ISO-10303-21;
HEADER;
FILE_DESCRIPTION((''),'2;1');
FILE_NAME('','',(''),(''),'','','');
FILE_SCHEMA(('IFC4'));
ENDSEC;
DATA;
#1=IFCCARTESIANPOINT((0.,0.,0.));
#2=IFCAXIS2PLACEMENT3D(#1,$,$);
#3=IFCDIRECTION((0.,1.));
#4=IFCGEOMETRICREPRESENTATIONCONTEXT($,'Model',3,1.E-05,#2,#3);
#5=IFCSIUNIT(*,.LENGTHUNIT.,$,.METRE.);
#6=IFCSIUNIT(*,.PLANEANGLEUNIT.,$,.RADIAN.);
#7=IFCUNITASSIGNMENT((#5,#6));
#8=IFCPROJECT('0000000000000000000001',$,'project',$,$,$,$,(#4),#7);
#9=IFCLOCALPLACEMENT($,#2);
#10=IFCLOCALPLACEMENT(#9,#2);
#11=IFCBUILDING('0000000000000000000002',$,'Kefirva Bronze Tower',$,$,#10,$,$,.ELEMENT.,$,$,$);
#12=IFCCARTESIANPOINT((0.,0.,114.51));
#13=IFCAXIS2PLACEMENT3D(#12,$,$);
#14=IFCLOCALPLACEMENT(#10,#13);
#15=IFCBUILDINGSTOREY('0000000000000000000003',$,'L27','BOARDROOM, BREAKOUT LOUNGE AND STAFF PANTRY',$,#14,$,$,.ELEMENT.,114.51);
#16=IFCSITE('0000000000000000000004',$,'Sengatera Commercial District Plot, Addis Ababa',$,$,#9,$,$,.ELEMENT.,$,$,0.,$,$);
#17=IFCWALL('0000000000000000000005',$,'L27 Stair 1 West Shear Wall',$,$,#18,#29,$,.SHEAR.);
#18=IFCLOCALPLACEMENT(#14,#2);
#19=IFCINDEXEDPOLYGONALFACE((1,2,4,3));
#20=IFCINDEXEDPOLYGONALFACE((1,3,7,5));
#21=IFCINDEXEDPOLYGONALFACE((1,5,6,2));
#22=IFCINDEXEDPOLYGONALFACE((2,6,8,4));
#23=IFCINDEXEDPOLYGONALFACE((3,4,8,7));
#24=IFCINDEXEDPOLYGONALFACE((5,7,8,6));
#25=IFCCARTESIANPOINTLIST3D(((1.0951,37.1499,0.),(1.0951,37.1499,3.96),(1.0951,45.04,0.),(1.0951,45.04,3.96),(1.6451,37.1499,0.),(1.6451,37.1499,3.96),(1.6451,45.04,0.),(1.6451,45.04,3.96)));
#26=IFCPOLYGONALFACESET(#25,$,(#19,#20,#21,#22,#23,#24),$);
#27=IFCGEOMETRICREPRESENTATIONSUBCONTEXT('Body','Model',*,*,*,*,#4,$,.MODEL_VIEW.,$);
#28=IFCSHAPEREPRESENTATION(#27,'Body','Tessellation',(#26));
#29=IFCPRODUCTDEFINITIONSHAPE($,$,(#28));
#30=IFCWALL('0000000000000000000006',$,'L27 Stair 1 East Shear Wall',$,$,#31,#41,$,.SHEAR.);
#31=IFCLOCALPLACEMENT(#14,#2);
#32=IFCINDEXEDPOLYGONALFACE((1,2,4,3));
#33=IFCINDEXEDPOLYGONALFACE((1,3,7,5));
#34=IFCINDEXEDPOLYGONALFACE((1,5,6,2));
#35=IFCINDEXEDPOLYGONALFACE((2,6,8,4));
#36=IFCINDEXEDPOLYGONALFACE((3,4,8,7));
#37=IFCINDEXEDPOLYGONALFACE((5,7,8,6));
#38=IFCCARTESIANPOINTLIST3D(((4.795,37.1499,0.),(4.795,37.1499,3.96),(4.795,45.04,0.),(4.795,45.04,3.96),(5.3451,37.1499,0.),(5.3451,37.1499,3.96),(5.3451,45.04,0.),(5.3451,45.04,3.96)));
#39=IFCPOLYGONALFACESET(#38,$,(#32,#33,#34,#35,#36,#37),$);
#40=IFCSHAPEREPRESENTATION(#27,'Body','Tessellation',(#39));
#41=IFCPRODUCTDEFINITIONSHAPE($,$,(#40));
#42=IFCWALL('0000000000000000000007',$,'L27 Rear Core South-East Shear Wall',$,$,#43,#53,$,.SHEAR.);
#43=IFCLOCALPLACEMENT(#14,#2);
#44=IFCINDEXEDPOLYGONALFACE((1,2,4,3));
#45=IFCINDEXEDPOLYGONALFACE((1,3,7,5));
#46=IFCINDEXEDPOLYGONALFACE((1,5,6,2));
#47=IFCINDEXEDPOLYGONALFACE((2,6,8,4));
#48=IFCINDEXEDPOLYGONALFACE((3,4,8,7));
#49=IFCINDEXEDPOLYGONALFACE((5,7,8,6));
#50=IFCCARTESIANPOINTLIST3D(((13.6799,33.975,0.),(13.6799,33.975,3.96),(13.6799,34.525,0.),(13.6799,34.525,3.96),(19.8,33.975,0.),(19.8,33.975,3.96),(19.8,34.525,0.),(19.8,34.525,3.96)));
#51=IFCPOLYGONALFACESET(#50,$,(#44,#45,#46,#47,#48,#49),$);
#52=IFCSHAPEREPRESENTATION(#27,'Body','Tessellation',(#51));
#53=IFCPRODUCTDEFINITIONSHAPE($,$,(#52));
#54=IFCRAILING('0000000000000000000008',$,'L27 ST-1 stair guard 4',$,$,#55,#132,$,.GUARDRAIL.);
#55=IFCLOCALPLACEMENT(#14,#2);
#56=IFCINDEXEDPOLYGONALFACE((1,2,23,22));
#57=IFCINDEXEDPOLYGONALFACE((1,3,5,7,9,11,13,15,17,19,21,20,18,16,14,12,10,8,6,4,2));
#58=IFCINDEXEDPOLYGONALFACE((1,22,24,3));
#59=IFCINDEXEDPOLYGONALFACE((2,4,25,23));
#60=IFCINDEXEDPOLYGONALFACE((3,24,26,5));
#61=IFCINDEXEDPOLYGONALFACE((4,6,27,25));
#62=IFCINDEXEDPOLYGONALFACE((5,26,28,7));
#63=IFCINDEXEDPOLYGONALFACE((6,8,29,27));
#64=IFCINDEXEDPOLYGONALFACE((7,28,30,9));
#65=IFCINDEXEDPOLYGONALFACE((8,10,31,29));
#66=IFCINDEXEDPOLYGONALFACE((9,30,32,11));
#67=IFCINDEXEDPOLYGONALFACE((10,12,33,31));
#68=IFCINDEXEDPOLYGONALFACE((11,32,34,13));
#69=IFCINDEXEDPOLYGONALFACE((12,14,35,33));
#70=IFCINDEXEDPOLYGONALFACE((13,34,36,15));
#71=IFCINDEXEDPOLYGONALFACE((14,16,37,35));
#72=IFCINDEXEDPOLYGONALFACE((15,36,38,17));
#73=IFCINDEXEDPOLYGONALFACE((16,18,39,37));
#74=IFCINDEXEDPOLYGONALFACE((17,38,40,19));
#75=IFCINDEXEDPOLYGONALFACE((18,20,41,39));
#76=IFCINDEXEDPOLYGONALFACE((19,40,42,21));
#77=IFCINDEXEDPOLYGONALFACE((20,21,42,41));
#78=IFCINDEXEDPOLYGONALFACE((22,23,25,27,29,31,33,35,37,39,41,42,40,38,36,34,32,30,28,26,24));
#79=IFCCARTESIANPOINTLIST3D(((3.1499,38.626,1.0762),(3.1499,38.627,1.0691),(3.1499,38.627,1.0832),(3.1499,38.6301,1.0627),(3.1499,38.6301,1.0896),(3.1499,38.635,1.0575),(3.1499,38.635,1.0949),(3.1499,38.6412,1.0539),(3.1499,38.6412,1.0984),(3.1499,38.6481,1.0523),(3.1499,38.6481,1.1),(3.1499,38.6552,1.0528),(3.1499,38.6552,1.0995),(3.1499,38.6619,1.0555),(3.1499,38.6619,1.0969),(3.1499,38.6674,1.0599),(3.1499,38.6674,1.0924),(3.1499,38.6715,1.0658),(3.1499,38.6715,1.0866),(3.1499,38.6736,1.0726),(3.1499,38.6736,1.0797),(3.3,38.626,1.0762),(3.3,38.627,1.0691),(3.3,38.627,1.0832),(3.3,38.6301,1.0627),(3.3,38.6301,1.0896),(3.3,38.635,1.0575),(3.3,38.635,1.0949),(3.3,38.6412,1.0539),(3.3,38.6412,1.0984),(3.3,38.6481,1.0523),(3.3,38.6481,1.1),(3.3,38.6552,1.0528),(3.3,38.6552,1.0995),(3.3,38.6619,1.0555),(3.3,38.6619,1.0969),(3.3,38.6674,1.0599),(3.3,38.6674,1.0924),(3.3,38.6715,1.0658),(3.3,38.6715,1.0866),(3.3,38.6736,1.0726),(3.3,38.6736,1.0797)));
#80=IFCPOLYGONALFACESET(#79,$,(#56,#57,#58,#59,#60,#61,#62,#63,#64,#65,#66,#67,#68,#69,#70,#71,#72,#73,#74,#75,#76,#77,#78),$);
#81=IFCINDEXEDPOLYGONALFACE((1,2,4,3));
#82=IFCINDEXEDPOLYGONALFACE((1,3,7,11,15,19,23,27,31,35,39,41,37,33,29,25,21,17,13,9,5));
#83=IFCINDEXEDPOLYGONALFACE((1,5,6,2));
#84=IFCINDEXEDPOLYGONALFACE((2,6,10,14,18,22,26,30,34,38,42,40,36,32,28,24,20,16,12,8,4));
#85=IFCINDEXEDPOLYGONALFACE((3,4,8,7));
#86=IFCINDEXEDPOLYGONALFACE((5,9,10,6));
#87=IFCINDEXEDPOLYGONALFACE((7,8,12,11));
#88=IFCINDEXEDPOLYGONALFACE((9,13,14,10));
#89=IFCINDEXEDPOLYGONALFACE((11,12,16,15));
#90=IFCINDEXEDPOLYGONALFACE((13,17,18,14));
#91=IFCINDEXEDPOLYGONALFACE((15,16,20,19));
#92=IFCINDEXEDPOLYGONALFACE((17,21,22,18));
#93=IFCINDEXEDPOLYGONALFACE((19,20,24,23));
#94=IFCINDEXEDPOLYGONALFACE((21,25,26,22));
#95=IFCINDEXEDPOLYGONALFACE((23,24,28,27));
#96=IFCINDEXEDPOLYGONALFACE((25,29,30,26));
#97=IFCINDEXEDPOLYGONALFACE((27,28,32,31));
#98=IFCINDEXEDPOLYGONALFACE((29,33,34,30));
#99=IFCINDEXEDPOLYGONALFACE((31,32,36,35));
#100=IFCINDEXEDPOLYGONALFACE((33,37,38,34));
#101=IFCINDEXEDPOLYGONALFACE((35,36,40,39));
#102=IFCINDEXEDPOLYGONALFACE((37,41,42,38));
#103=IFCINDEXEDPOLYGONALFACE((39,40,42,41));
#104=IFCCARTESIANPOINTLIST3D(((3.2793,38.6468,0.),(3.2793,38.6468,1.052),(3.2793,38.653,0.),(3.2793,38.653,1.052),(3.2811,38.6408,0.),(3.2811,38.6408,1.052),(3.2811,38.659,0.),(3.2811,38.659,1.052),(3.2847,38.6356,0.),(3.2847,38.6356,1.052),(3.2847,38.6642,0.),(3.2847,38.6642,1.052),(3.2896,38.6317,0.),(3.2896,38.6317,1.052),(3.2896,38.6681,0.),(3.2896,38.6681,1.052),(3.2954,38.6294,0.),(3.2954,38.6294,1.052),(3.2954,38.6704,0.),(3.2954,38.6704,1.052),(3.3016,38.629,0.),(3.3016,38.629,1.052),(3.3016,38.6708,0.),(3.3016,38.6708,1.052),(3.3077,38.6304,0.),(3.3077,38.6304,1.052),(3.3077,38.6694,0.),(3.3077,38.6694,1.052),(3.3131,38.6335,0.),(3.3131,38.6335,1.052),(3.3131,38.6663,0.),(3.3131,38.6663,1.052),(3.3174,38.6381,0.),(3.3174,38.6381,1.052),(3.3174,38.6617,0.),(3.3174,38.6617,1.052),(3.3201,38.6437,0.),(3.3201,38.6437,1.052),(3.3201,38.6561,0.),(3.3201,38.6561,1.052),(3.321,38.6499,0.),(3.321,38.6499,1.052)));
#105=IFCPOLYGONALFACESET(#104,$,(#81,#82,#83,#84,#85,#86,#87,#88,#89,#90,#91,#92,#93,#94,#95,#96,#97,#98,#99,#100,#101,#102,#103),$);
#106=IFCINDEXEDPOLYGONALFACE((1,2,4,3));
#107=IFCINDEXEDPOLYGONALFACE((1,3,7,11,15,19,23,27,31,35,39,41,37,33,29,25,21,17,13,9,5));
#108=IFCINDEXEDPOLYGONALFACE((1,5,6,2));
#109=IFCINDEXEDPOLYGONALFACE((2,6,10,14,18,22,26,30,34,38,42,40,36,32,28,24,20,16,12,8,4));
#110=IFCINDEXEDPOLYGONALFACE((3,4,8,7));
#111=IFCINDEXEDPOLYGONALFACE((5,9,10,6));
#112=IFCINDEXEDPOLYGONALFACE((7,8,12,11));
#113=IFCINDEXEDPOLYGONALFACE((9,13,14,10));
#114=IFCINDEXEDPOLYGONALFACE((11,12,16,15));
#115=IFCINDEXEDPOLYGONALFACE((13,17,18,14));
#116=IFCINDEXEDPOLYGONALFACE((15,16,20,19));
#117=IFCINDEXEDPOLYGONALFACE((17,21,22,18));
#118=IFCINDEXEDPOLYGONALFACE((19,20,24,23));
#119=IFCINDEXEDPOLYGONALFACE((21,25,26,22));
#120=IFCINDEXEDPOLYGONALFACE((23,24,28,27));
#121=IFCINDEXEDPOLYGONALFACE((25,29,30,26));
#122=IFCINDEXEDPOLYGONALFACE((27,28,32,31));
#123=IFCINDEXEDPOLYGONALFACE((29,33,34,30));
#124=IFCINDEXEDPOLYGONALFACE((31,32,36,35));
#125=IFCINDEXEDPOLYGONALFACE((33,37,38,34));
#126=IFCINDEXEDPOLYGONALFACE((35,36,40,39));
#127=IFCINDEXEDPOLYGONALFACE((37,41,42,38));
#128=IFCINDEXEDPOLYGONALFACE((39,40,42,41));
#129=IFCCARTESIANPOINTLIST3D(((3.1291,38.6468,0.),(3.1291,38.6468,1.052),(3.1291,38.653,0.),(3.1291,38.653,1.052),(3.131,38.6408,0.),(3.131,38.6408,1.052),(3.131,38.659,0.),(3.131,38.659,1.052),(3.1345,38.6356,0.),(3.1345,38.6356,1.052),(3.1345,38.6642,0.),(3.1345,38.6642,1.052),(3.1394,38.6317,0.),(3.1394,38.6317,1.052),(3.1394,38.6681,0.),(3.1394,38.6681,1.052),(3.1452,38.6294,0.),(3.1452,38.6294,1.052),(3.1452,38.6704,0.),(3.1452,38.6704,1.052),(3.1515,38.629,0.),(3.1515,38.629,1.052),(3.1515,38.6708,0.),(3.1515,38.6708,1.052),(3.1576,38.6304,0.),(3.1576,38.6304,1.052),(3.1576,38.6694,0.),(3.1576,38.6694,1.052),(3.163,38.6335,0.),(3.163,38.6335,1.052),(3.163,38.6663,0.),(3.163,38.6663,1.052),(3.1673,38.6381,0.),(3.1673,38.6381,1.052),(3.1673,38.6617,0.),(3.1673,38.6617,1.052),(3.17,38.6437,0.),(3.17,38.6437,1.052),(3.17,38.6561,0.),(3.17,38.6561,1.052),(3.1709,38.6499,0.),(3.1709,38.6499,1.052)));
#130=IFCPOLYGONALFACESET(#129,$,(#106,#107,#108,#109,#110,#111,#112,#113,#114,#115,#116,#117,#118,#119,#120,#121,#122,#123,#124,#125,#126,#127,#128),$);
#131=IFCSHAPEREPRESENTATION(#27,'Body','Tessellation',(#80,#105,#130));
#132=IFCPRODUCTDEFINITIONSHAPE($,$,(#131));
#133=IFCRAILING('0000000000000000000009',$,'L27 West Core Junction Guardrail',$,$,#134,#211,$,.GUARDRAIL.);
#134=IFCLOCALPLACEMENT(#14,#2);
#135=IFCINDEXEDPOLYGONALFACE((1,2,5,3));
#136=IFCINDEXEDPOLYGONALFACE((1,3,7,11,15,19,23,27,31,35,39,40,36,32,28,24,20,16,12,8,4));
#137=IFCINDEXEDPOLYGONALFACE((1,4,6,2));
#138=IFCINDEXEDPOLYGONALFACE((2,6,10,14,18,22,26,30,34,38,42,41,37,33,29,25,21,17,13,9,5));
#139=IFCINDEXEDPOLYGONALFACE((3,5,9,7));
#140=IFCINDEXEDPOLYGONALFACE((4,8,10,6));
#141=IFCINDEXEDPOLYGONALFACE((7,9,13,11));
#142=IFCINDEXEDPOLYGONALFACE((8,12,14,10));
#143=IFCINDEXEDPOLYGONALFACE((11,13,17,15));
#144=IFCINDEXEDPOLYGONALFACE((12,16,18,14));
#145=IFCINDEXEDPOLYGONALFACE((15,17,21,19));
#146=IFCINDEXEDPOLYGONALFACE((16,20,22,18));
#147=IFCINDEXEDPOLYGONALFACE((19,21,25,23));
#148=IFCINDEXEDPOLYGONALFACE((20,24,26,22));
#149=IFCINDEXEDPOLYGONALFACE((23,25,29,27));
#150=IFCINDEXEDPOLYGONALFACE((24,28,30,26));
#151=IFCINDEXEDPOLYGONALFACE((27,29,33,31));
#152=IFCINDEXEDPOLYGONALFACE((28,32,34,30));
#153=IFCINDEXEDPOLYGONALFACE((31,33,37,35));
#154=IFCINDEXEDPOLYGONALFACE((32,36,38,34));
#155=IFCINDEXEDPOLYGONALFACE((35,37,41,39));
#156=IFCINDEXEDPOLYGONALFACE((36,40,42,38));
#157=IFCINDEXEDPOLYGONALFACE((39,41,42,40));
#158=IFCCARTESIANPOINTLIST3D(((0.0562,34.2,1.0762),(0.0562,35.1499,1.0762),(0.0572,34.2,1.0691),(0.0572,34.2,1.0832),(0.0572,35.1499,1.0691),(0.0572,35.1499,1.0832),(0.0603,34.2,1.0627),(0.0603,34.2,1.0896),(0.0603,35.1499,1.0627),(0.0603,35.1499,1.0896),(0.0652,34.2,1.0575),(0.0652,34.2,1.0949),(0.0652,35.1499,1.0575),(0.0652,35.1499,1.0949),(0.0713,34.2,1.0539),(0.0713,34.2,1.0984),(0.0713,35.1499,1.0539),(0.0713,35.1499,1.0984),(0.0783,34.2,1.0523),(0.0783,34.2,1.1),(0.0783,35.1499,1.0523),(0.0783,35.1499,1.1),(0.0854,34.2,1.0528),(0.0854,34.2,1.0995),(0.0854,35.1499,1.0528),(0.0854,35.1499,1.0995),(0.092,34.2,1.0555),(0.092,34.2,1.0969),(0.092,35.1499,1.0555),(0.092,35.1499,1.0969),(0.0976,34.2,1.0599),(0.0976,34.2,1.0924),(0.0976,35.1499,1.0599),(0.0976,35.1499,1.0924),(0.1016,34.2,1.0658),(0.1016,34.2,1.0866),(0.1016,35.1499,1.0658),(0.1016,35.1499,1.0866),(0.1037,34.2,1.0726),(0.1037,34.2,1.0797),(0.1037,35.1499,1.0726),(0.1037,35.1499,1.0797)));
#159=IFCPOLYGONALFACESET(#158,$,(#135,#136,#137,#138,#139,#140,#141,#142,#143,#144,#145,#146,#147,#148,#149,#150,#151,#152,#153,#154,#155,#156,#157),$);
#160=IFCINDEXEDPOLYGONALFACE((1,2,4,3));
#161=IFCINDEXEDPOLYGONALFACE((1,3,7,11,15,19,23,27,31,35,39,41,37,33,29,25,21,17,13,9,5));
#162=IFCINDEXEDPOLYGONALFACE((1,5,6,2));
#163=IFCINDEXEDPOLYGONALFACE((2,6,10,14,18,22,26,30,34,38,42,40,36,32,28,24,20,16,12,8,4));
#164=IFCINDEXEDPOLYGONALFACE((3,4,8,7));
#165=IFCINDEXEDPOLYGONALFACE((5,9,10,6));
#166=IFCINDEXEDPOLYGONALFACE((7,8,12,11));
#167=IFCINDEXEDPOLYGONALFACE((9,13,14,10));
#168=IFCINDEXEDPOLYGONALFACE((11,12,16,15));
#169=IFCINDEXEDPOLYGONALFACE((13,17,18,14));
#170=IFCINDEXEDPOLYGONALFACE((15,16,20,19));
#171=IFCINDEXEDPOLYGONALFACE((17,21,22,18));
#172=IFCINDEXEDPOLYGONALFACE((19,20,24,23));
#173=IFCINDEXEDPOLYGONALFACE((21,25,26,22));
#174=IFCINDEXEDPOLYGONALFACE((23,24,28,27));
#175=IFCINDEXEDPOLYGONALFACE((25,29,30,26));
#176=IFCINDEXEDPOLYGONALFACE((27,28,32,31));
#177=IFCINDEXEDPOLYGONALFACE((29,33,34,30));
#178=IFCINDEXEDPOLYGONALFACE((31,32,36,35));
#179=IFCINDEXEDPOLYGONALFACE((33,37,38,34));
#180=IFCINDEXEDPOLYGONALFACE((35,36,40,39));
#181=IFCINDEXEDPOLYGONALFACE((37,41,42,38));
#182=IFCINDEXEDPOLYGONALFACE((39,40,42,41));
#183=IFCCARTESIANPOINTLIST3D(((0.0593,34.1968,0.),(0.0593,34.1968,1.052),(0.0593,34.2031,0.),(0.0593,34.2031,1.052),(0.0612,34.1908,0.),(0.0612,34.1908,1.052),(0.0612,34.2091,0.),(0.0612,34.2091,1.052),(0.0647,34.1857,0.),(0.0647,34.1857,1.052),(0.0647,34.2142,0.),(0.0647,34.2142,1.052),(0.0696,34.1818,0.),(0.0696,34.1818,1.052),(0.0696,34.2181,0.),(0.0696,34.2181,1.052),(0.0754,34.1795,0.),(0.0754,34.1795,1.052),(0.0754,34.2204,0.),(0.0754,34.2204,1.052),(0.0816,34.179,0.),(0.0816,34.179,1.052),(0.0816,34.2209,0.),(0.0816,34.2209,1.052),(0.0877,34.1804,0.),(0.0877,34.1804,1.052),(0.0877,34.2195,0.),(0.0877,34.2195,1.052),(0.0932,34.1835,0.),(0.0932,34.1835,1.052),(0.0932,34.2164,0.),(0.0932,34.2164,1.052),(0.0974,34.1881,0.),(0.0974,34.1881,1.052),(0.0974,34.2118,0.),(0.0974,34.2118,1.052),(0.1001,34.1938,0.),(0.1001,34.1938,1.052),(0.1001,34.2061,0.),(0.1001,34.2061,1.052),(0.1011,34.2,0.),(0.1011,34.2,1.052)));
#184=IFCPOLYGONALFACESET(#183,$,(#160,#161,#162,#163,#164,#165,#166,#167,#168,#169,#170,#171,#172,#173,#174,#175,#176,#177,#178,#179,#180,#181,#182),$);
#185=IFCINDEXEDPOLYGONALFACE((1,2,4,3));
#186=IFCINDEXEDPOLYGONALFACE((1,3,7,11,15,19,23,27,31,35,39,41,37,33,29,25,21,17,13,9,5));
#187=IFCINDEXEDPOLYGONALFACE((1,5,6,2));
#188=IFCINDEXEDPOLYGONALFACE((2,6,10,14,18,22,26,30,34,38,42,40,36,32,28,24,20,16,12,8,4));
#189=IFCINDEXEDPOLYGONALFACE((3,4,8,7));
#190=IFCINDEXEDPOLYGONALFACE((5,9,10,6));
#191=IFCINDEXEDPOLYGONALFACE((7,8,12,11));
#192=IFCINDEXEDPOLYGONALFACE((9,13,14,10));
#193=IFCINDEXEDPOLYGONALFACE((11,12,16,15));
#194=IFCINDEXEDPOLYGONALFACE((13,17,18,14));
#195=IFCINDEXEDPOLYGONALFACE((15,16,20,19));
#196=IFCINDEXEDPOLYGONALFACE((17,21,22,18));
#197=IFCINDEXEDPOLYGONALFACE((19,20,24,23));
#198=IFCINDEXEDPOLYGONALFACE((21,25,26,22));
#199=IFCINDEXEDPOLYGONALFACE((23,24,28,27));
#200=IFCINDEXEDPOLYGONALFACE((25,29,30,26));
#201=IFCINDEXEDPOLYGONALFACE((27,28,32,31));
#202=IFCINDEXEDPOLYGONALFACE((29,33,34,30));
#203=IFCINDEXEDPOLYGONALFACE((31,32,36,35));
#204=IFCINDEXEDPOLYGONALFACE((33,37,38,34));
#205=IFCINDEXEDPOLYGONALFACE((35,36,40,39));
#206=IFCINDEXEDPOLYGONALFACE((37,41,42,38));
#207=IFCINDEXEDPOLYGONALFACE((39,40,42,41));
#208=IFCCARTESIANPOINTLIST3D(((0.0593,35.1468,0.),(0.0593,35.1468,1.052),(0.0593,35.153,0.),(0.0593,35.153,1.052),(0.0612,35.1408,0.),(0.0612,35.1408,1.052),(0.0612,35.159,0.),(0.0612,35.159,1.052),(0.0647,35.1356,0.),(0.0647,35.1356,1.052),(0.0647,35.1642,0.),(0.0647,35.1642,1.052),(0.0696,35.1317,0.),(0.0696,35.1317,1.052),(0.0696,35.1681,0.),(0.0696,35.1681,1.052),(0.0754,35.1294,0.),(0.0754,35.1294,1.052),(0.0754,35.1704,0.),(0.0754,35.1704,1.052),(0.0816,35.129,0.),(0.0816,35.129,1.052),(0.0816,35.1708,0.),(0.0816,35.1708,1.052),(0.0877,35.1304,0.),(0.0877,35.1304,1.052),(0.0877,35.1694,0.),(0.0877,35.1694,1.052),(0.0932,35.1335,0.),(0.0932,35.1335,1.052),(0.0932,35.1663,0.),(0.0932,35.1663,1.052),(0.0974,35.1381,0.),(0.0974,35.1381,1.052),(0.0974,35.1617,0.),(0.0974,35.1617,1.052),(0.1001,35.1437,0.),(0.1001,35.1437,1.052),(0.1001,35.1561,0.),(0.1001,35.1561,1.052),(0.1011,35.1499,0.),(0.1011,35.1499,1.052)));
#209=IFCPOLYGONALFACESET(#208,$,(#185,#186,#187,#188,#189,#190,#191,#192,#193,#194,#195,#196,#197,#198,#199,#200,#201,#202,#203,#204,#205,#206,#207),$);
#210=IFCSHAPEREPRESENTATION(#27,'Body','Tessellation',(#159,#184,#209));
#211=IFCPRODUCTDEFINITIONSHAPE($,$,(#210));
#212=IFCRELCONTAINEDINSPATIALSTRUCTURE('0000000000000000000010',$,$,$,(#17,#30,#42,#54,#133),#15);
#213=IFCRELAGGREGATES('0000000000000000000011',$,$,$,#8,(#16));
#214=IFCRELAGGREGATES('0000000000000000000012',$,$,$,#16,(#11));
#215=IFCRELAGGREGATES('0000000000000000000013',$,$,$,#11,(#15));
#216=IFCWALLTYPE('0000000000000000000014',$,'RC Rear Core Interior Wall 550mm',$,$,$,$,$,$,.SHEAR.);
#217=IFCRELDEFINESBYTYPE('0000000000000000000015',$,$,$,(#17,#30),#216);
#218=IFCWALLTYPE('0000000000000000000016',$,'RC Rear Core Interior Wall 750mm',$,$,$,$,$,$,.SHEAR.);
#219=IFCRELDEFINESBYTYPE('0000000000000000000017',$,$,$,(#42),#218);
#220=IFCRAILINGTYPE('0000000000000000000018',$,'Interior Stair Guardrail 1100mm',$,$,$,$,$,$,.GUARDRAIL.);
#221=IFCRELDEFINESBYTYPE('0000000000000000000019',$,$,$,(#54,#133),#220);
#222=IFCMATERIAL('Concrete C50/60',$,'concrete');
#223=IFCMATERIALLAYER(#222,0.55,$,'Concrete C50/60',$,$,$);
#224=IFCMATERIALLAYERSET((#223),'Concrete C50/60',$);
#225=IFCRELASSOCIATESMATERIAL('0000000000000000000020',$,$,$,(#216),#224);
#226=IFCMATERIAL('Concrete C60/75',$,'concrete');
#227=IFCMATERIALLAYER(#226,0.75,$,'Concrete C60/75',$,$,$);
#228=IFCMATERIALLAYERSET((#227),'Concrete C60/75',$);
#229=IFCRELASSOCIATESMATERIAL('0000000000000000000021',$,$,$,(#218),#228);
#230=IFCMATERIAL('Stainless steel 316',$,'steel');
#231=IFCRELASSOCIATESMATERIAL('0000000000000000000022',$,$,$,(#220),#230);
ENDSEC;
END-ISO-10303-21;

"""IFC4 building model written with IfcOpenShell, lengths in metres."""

from ifc_helpers import new_model, si_unit, direction, frame, frame_2d, origin, origin_2d, place, context, subcontext, project, spatial, rectangle, circle, extrude, material, layer, layer_set, type_object, element, save


model = new_model("IFC4")

# Units and contexts
model_context = context("Model", 3, precision=1e-05, world=origin(), true_north=direction((0.0, 1.0)))
body_context = subcontext(model_context, "Body", "Model", "MODEL_VIEW")
ifc_project = project(units=[si_unit("LENGTHUNIT", "METRE"), si_unit("PLANEANGLEUNIT", "RADIAN")], contexts=[model_context])

# Site, building, storey
site_placement = place(None, origin())
site = spatial("IfcSite", under=ifc_project, at=site_placement, Name="Sengatera Commercial District Plot, Addis Ababa", CompositionType="ELEMENT", RefElevation=0.0)
building_placement = place(site_placement, origin())
building = spatial("IfcBuilding", under=site, at=building_placement, Name="Kefirva Bronze Tower", CompositionType="ELEMENT")
storey_placement = place(building_placement, frame((0.0, 0.0, 114.51)))
storey = spatial("IfcBuildingStorey", under=building, at=storey_placement, Name="L27", Description="BOARDROOM, BREAKOUT LOUNGE AND STAFF PANTRY", CompositionType="ELEMENT", Elevation=114.51)

# Shared definitions
ifc_material_1 = material(Name="Concrete C60/75", Category="concrete")

# Shared definitions
ifc_material_2 = material(Name="Concrete C50/60", Category="concrete")

# Shared definitions
ifc_material_3 = material(Name="Stainless steel 316", Category="steel")

# Walls
ifc_layer_1 = layer(ifc_material_2, 0.55, Name="Concrete C50/60")
ifc_layer_set_1 = layer_set([ifc_layer_1], Name="Concrete C50/60")
wall_type_1 = type_object("IfcWallType", Name="RC Rear Core Interior Wall 550mm", PredefinedType="SHEAR", material=ifc_layer_set_1)
for number, where, z_axis, x_axis, name in (
    (1, (1.3701, 37.1499, 0.0), (0.0, 0.0, 1.0), (0.0, 1.0, 0.0), "L27 Stair 1 West Shear Wall"),
    (2, (5.0701, 37.1499, 0.0), (0.0, 0.0, 1.0), (0.0, 1.0, 0.0), "L27 Stair 1 East Shear Wall"),
):
    element("IfcWall", number, at=place(storey_placement, frame(where, z_axis=z_axis, x_axis=x_axis)), inside=storey, type_object=wall_type_1, Name=name, PredefinedType="SHEAR", context=body_context, shape_type="SweptSolid", body=[
        extrude(rectangle(XDim=7.8901, YDim=0.55, at=frame_2d((3.9451, 0.0))), origin(), (0.0, 0.0, 1.0), 3.96),
    ])

# Shared definitions
ifc_layer_2 = layer(ifc_material_1, 0.75, Name="Concrete C60/75")
ifc_layer_set_2 = layer_set([ifc_layer_2], Name="Concrete C60/75")
wall_type_2 = type_object("IfcWallType", Name="RC Rear Core Interior Wall 750mm", PredefinedType="SHEAR", material=ifc_layer_set_2)

# Wall
wall_1_placement = place(storey_placement, frame((13.6799, 34.25, 0.0), z_axis=(0.0, 0.0, 1.0), x_axis=(1.0, 0.0, 0.0)))
element("IfcWall", 3, at=wall_1_placement, inside=storey, type_object=wall_type_2, Name="L27 Rear Core South-East Shear Wall", PredefinedType="SHEAR", context=body_context, shape_type="SweptSolid", body=[
    extrude(rectangle(XDim=6.1201, YDim=0.55, at=frame_2d((3.0601, 0.0))), origin(), (0.0, 0.0, 1.0), 3.96),
])

# Railings
railing_type = type_object("IfcRailingType", Name="Interior Stair Guardrail 1100mm", PredefinedType="GUARDRAIL", material=ifc_material_3)
railing_1_placement = place(storey_placement, frame((3.3, 38.6499, 0.0)))
element("IfcRailing", 4, at=railing_1_placement, inside=storey, type_object=railing_type, Name="L27 ST-1 stair guard 4", PredefinedType="GUARDRAIL", context=body_context, shape_type="SweptSolid", body=[
    extrude(circle(Radius=0.0239, at=origin_2d()), frame((0.0, 0.0, 1.0762), z_axis=(-1.0, 0.0, 0.0), x_axis=(0.0, -1.0, 0.0)), (0.0, 0.0, 1.0), 0.1501),
    extrude(circle(Radius=0.021, at=origin_2d()), origin(), (0.0, 0.0, 1.0), 1.052),
    extrude(circle(Radius=0.021, at=origin_2d()), frame((-0.1501, 0.0, 0.0)), (0.0, 0.0, 1.0), 1.052),
])
railing_2_placement = place(storey_placement, frame((0.0801, 34.2, 0.0)))
element("IfcRailing", 5, at=railing_2_placement, inside=storey, type_object=railing_type, Name="L27 West Core Junction Guardrail", PredefinedType="GUARDRAIL", context=body_context, shape_type="SweptSolid", body=[
    extrude(circle(Radius=0.0239, at=origin_2d()), frame((0.0, 0.0, 1.0762), z_axis=(0.0, 1.0, 0.0), x_axis=(-1.0, 0.0, 0.0)), (0.0, 0.0, 1.0), 0.95),
    extrude(circle(Radius=0.021, at=origin_2d()), origin(), (0.0, 0.0, 1.0), 1.052),
    extrude(circle(Radius=0.021, at=origin_2d()), frame((0.0, 0.95, 0.0)), (0.0, 0.0, 1.0), 1.052),
])

save(model, "model.ifc")
